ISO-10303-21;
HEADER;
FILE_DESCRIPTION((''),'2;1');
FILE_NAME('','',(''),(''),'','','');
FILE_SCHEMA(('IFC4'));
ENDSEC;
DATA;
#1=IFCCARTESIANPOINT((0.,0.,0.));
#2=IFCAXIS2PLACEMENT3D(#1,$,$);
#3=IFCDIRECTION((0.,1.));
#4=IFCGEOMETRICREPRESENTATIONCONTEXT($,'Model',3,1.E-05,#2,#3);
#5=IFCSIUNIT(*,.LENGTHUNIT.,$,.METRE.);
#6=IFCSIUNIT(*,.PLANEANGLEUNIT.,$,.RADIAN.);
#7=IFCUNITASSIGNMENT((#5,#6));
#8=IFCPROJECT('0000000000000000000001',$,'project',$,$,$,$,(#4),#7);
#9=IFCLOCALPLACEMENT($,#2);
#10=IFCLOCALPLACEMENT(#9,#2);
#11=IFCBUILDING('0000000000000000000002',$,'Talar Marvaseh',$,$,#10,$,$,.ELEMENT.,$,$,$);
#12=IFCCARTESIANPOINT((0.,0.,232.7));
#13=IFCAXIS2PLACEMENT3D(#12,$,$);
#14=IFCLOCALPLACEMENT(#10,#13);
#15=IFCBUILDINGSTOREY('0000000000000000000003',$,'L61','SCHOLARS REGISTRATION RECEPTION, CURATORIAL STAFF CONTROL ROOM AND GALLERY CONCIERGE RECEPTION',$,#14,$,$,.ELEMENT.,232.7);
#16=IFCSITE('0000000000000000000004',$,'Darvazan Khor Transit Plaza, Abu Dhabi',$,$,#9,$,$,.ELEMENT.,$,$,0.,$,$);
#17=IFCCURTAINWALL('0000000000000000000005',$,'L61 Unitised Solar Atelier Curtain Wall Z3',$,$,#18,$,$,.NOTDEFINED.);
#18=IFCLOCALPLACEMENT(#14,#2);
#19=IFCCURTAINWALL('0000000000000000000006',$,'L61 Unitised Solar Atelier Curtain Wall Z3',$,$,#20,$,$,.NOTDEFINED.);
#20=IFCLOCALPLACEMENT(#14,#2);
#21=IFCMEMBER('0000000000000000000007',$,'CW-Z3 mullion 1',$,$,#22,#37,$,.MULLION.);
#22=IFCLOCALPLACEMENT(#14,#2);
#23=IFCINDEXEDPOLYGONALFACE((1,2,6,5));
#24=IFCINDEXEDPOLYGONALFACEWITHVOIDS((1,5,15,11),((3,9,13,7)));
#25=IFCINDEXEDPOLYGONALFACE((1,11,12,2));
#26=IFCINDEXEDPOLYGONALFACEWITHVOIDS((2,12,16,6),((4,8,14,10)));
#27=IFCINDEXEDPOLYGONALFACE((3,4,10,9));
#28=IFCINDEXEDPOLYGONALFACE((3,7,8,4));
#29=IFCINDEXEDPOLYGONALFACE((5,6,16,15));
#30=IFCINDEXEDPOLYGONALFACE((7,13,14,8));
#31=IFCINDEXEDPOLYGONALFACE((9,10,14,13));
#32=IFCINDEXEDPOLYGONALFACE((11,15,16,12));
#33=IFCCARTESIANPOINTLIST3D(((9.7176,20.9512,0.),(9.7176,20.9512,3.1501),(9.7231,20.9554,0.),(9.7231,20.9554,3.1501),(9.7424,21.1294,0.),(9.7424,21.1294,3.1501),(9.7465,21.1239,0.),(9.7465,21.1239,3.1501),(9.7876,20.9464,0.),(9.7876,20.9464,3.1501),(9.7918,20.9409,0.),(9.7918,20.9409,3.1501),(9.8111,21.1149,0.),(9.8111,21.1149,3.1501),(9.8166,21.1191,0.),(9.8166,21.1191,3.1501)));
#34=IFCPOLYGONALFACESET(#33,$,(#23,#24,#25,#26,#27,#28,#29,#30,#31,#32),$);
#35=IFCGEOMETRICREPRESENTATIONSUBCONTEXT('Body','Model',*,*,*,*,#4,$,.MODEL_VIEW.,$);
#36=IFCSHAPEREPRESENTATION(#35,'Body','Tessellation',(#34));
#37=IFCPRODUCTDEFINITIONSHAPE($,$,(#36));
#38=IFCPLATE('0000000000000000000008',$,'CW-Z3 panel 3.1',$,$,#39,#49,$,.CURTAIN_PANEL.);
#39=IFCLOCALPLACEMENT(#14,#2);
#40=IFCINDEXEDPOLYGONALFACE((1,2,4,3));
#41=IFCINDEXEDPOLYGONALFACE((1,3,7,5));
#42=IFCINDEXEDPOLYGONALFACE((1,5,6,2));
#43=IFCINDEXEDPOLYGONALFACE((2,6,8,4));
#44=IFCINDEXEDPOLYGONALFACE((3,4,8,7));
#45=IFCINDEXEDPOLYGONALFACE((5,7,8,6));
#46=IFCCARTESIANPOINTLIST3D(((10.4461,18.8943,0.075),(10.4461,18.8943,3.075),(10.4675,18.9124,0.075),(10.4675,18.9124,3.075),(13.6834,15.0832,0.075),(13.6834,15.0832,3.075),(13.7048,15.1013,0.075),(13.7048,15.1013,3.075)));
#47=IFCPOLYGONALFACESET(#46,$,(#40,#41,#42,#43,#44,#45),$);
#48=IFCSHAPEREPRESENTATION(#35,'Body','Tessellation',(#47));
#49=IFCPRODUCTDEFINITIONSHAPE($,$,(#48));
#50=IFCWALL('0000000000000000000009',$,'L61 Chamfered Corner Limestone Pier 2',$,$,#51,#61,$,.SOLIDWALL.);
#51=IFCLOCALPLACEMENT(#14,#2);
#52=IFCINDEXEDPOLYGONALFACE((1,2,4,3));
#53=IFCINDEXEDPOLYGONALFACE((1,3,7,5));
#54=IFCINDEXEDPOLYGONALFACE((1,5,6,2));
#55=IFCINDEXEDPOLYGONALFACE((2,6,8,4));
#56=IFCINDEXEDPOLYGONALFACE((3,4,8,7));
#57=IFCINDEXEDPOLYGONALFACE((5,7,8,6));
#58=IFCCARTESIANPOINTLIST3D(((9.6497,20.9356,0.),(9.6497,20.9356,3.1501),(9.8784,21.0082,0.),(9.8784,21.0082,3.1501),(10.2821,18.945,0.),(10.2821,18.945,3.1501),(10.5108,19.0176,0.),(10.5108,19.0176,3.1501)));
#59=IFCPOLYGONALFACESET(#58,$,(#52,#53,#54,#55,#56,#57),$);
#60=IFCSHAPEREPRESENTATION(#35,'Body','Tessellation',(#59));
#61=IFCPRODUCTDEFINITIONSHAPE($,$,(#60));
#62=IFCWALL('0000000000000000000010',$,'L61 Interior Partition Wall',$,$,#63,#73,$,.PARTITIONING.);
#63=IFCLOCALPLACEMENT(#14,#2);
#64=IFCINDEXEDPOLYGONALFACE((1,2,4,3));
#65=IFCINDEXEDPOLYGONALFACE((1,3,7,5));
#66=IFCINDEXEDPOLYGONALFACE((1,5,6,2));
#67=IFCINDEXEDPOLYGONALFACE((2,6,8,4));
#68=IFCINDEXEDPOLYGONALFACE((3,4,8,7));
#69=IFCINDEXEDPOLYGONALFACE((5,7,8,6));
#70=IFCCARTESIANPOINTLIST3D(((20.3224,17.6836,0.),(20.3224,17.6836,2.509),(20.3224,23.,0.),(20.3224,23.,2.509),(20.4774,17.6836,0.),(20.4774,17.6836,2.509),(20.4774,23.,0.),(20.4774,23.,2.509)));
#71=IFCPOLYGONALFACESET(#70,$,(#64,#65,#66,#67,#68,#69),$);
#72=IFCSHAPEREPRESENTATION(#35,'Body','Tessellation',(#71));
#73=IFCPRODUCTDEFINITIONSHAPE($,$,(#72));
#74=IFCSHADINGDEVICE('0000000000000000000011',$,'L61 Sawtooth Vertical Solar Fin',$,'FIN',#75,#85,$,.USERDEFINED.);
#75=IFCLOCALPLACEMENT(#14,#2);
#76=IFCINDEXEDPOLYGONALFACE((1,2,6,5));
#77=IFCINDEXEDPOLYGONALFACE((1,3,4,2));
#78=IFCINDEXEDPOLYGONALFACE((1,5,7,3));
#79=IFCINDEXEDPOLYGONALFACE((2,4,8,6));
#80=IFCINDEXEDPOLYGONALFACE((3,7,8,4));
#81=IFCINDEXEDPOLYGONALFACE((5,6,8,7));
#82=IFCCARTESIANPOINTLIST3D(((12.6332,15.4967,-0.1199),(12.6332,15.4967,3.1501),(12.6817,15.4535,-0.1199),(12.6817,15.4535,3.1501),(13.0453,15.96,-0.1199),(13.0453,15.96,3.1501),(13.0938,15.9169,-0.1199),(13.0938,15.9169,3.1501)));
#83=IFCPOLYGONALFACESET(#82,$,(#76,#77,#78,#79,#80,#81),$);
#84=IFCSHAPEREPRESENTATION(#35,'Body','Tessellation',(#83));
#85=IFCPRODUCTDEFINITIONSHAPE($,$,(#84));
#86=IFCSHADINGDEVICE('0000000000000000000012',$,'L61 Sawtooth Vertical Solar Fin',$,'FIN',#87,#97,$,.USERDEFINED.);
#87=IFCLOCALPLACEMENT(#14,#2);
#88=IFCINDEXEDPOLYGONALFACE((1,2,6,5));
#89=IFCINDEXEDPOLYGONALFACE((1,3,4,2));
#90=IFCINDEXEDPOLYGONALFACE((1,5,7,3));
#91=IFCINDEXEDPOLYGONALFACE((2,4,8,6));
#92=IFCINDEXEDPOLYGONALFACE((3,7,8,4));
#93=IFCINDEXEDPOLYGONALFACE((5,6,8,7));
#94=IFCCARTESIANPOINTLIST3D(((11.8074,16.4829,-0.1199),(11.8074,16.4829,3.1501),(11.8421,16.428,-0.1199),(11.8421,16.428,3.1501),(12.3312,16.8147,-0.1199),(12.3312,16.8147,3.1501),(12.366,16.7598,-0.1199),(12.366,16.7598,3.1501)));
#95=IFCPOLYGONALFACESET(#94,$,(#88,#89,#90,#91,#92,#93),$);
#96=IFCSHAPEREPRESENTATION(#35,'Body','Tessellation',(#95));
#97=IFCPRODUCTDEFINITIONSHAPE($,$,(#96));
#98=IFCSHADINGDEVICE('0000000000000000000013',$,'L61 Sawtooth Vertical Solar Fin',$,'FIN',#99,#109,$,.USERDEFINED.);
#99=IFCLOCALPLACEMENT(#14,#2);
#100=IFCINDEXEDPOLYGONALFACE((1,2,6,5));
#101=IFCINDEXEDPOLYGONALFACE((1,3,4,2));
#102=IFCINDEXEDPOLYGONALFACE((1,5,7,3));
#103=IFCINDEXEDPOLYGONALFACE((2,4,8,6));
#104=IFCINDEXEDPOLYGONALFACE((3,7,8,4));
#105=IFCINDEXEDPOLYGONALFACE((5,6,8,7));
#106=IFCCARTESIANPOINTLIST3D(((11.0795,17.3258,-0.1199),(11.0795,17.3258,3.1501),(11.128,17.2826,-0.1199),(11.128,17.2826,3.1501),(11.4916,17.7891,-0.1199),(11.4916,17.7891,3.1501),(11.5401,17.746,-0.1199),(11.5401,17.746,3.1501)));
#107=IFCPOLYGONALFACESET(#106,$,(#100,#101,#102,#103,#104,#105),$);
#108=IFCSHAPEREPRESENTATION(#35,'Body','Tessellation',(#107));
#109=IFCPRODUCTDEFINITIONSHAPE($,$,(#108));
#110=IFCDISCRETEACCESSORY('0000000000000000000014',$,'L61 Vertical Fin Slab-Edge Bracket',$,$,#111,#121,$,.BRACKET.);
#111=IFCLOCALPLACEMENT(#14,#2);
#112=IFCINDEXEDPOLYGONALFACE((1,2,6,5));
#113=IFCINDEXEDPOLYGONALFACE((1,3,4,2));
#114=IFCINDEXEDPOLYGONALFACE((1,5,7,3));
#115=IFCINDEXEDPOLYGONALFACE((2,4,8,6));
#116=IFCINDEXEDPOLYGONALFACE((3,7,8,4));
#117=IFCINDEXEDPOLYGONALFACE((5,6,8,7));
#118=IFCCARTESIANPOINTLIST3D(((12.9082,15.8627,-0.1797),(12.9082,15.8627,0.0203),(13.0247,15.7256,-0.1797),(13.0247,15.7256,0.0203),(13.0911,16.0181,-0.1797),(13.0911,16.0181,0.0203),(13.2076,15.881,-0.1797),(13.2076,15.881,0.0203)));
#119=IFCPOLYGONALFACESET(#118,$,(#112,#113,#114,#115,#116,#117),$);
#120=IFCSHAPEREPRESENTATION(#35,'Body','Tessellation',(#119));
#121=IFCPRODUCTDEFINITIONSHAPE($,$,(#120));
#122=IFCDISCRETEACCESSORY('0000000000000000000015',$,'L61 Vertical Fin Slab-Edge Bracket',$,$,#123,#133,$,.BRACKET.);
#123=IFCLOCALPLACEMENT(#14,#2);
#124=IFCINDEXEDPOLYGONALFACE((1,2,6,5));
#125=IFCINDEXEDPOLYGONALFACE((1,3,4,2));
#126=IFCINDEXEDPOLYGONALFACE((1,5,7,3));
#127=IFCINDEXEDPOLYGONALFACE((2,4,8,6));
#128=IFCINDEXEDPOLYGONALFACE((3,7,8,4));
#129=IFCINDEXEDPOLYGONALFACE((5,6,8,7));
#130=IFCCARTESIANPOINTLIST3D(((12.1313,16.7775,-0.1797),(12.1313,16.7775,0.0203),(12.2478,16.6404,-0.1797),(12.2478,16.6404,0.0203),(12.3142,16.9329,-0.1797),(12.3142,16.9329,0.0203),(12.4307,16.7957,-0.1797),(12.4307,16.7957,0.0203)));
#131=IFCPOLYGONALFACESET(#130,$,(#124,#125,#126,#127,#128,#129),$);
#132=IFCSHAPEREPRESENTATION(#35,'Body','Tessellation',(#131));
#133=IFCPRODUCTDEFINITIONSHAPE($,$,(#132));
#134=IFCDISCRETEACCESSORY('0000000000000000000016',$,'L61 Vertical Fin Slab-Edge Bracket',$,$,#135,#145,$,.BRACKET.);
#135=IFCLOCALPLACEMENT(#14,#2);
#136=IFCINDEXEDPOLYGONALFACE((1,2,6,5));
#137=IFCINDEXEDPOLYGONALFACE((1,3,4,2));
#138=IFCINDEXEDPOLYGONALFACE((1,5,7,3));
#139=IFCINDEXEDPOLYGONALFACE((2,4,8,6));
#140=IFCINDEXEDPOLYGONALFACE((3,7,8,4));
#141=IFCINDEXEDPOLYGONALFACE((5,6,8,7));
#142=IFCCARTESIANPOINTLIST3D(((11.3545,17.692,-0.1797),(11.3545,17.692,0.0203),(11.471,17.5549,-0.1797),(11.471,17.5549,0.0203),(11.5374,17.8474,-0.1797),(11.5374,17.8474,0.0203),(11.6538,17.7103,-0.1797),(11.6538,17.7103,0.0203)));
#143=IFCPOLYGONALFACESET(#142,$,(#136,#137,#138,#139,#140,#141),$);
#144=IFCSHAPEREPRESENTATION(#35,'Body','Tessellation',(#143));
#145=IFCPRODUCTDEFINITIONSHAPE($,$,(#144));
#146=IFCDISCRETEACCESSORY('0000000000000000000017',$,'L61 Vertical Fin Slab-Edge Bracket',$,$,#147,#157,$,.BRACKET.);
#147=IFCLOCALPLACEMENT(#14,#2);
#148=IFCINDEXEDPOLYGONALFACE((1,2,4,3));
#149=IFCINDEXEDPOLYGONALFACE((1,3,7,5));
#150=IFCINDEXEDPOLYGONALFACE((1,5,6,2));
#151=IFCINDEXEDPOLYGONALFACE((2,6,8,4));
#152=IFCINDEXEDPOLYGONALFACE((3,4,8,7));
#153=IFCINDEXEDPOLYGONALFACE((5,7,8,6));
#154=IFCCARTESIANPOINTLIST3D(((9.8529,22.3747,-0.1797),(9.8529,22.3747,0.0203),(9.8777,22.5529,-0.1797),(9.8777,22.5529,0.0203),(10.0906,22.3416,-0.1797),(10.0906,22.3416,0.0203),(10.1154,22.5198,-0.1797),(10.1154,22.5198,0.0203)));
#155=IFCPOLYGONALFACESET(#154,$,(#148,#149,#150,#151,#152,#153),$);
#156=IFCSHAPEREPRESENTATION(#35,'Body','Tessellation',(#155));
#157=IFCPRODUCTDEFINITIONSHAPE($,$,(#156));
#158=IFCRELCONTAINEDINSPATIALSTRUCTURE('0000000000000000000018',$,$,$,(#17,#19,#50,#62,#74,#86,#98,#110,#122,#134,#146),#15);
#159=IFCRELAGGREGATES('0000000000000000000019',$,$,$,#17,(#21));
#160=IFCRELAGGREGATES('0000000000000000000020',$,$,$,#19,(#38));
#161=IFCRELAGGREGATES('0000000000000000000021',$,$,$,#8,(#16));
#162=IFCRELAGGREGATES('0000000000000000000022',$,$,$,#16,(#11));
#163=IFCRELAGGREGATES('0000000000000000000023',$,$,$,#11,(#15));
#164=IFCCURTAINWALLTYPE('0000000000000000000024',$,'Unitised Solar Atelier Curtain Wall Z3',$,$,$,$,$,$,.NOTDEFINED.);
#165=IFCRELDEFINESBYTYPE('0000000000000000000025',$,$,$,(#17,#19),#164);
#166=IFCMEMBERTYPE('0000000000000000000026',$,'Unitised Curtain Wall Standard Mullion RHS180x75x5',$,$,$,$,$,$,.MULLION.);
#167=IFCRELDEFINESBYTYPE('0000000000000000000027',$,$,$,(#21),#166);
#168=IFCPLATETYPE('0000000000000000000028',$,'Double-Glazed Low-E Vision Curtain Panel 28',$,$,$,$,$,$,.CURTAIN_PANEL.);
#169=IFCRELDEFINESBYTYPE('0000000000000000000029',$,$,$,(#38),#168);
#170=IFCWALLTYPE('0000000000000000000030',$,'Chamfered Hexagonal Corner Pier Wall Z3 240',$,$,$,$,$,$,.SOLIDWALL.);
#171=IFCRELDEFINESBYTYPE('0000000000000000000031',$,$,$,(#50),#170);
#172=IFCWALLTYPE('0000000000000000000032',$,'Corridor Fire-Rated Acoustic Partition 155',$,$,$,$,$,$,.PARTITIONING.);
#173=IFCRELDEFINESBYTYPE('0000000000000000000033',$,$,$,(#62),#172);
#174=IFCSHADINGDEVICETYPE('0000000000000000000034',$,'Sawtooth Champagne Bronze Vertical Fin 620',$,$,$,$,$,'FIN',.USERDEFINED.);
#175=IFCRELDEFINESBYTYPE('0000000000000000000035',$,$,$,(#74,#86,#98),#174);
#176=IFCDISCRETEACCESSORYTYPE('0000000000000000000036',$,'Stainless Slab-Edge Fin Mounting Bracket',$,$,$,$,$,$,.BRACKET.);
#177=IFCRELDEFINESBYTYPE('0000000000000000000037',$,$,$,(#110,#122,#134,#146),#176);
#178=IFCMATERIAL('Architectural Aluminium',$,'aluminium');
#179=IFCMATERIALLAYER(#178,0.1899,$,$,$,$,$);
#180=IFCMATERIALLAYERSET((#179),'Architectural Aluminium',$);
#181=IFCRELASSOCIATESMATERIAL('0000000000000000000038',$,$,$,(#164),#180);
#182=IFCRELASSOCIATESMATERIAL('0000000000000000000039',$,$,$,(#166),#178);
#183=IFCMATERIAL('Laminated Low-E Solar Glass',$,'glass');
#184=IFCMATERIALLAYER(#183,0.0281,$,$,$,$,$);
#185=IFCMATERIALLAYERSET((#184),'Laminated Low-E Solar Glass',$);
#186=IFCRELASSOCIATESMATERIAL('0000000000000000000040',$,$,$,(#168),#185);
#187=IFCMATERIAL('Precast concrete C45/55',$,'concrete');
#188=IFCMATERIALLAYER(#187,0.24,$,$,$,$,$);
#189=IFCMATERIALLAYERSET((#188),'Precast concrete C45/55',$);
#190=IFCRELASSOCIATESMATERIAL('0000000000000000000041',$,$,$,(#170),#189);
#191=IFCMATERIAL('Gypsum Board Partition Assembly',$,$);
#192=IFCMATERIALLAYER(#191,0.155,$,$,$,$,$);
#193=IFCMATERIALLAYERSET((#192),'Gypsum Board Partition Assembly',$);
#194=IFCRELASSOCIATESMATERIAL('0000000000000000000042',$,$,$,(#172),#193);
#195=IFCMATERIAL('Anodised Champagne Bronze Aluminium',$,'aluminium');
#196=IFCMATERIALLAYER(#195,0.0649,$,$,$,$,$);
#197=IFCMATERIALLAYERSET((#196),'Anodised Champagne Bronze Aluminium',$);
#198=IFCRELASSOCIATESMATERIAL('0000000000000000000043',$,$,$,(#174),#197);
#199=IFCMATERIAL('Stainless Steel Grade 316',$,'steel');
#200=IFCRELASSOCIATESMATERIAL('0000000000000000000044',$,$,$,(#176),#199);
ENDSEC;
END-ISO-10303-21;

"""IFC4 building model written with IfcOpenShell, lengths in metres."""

from ifc_helpers import new_model, si_unit, direction, frame, frame_2d, origin, origin_2d, place, context, subcontext, project, spatial, rectangle, hollow_rectangle, extrude, source, transform, mapped, material, layer, layer_set, material_profile, profile_set, type_object, type_shapes, element, aggregate, save


model = new_model("IFC4")

# Units and contexts
model_context = context("Model", 3, precision=1e-05, world=origin(), true_north=direction((0.0, 1.0)))
body_context = subcontext(model_context, "Body", "Model", "MODEL_VIEW")
ifc_project = project(units=[si_unit("LENGTHUNIT", "METRE"), si_unit("PLANEANGLEUNIT", "RADIAN")], contexts=[model_context])

# Site, building, storey
site_placement = place(None, origin())
site = spatial("IfcSite", under=ifc_project, at=site_placement, Name="Darvazan Khor Transit Plaza, Abu Dhabi", CompositionType="ELEMENT", RefElevation=0.0)
building_placement = place(site_placement, origin())
building = spatial("IfcBuilding", under=site, at=building_placement, Name="Talar Marvaseh", CompositionType="ELEMENT")
storey_placement = place(building_placement, frame((0.0, 0.0, 232.7)))
storey = spatial("IfcBuildingStorey", under=building, at=storey_placement, Name="L61", Description="SCHOLARS REGISTRATION RECEPTION, CURATORIAL STAFF CONTROL ROOM AND GALLERY CONCIERGE RECEPTION", CompositionType="ELEMENT", Elevation=232.7)

# Curtain walls
ifc_material_1 = material(Name="Architectural Aluminium", Category="aluminium")
ifc_layer_1 = layer(ifc_material_1, 0.1899)
ifc_layer_set_1 = layer_set([ifc_layer_1], Name="Architectural Aluminium")
curtain_wall_type = type_object("IfcCurtainWallType", Name="Unitised Solar Atelier Curtain Wall Z3", PredefinedType="NOTDEFINED", material=ifc_layer_set_1)
curtain_wall_1_placement = place(storey_placement, origin())
curtain_wall_1 = element("IfcCurtainWall", 1, at=curtain_wall_1_placement, inside=storey, type_object=curtain_wall_type, Name="L61 Unitised Solar Atelier Curtain Wall Z3", PredefinedType="NOTDEFINED")
curtain_wall_2_placement = place(storey_placement, origin())
curtain_wall_2 = element("IfcCurtainWall", 2, at=curtain_wall_2_placement, inside=storey, type_object=curtain_wall_type, Name="L61 Unitised Solar Atelier Curtain Wall Z3", PredefinedType="NOTDEFINED")
ifc_material_profile_1 = material_profile(ifc_material_1, hollow_rectangle(XDim=0.075, YDim=0.1799, WallThickness=0.0049, at=origin_2d()), Name="RHS180x75x5")
ifc_profile_set_1 = profile_set([ifc_material_profile_1], Name="Architectural Aluminium")
member_type_1 = type_object("IfcMemberType", Name="Unitised Curtain Wall Standard Mullion RHS180x75x5", PredefinedType="MULLION", material=ifc_profile_set_1)
shared_shape_1 = source(origin(), body_context, "Body", "SweptSolid", [
    extrude(hollow_rectangle(XDim=0.075, YDim=0.1799, WallThickness=0.0049, at=origin_2d()), origin(), (0.0, 0.0, 1.0), 3.1501),
])
type_shapes(member_type_1, [shared_shape_1])

# Member
member_1_placement = place(storey_placement, frame((9.7671, 21.0352, 0.0), z_axis=(0.0, 0.0, 1.0), x_axis=(-0.990433, 0.137994, 0.0)))
member_1 = element("IfcMember", 3, at=member_1_placement, type_object=member_type_1, Name="CW-Z3 mullion 1", PredefinedType="MULLION", context=body_context, shape_type="MappedRepresentation", body=[
    mapped(shared_shape_1, transform((0.0, 0.0, 0.0), x_axis=(1.0, 0.0, 0.0), y_axis=(0.0, 1.0, 0.0), z_axis=(0.0, 0.0, 1.0), scale=1.0)),
])
aggregate(curtain_wall_1, [member_1])

# Plate
ifc_material_2 = material(Name="Laminated Low-E Solar Glass", Category="glass")
ifc_layer_2 = layer(ifc_material_2, 0.0281)
ifc_layer_set_2 = layer_set([ifc_layer_2], Name="Laminated Low-E Solar Glass")
plate_type = type_object("IfcPlateType", Name="Double-Glazed Low-E Vision Curtain Panel 28", PredefinedType="CURTAIN_PANEL", material=ifc_layer_set_2)
shared_shape_2 = source(origin(), body_context, "Body", "SweptSolid", [
    extrude(rectangle(XDim=5.0005, YDim=0.0281, at=origin_2d()), origin(), (0.0, 0.0, 1.0), 3.0),
])
type_shapes(plate_type, [shared_shape_2])
plate_placement = place(storey_placement, frame((12.0754, 16.9978, 0.075), z_axis=(0.0, 0.0, 1.0), x_axis=(-0.647402, 0.762149, 0.0)))
plate = element("IfcPlate", 4, at=plate_placement, type_object=plate_type, Name="CW-Z3 panel 3.1", PredefinedType="CURTAIN_PANEL", context=body_context, shape_type="MappedRepresentation", body=[
    mapped(shared_shape_2, transform((0.0, 0.0, 0.0), x_axis=(1.0, 0.0, 0.0), y_axis=(0.0, 1.0, 0.0), z_axis=(0.0, 0.0, 1.0), scale=1.0)),
])
aggregate(curtain_wall_2, [plate])

# Walls
ifc_material_3 = material(Name="Precast concrete C45/55", Category="concrete")
ifc_layer_3 = layer(ifc_material_3, 0.24)
ifc_layer_set_3 = layer_set([ifc_layer_3], Name="Precast concrete C45/55")
wall_type_1 = type_object("IfcWallType", Name="Chamfered Hexagonal Corner Pier Wall Z3 240", PredefinedType="SOLIDWALL", material=ifc_layer_set_3)
wall_1_placement = place(storey_placement, frame((10.3965, 18.9812, 0.0), z_axis=(0.0, 0.0, 1.0), x_axis=(-0.302765, 0.953065, 0.0)))
element("IfcWall", 5, at=wall_1_placement, inside=storey, type_object=wall_type_1, Name="L61 Chamfered Corner Limestone Pier 2", PredefinedType="SOLIDWALL", context=body_context, shape_type="SweptSolid", body=[
    extrude(rectangle(XDim=2.0886, YDim=0.24, at=frame_2d((1.0444, 0.0))), origin(), (0.0, 0.0, 1.0), 3.1501),
])
ifc_material_4 = material(Name="Gypsum Board Partition Assembly")
ifc_layer_4 = layer(ifc_material_4, 0.155)
ifc_layer_set_4 = layer_set([ifc_layer_4], Name="Gypsum Board Partition Assembly")
wall_type_2 = type_object("IfcWallType", Name="Corridor Fire-Rated Acoustic Partition 155", PredefinedType="PARTITIONING", material=ifc_layer_set_4)
wall_2_placement = place(storey_placement, frame((20.3999, 17.6836, 0.0), z_axis=(0.0, 0.0, 1.0), x_axis=(0.0, 1.0, 0.0)))
element("IfcWall", 6, at=wall_2_placement, inside=storey, type_object=wall_type_2, Name="L61 Interior Partition Wall", PredefinedType="PARTITIONING", context=body_context, shape_type="SweptSolid", body=[
    extrude(rectangle(XDim=5.3164, YDim=0.155, at=frame_2d((2.6582, 0.0))), origin(), (0.0, 0.0, 1.0), 2.509),
])

# Shading devices
ifc_material_5 = material(Name="Anodised Champagne Bronze Aluminium", Category="aluminium")
ifc_layer_5 = layer(ifc_material_5, 0.0649)
ifc_layer_set_5 = layer_set([ifc_layer_5], Name="Anodised Champagne Bronze Aluminium")
shading_device_type = type_object("IfcShadingDeviceType", Name="Sawtooth Champagne Bronze Vertical Fin 620", ElementType="FIN", PredefinedType="USERDEFINED", material=ifc_layer_set_5)
shared_shape_3 = source(origin(), body_context, "Body", "SweptSolid", [
    extrude(rectangle(XDim=0.6201, YDim=0.0649, at=origin_2d()), origin(), (0.0, 0.0, 1.0), 3.27),
])
type_shapes(shading_device_type, [shared_shape_3])
for number, where, z_axis, x_axis, name in (
    (7, (12.8635, 15.7068, -0.1199), (0.0, 0.0, 1.0), (-0.664579, -0.747218, 0.0), "L61 Sawtooth Vertical Solar Fin"),
    (8, (12.0867, 16.6213, -0.1199), (0.0, 0.0, 1.0), (-0.844795, -0.53509, 0.0), "L61 Sawtooth Vertical Solar Fin"),
    (9, (11.3098, 17.5359, -0.1199), (0.0, 0.0, 1.0), (-0.664579, -0.747218, 0.0), "L61 Sawtooth Vertical Solar Fin"),
):
    element("IfcShadingDevice", number, at=place(storey_placement, frame(where, z_axis=z_axis, x_axis=x_axis)), inside=storey, type_object=shading_device_type, Name=name, ObjectType="FIN", PredefinedType="USERDEFINED", context=body_context, shape_type="MappedRepresentation", body=[
        mapped(shared_shape_3, transform((0.0, 0.0, 0.0), x_axis=(1.0, 0.0, 0.0), y_axis=(0.0, 1.0, 0.0), z_axis=(0.0, 0.0, 1.0), scale=1.0)),
    ])

# Discrete accessories
ifc_material_6 = material(Name="Stainless Steel Grade 316", Category="steel")
discrete_accessory_type = type_object("IfcDiscreteAccessoryType", Name="Stainless Slab-Edge Fin Mounting Bracket", PredefinedType="BRACKET", material=ifc_material_6)
shared_shape_4 = source(origin(), body_context, "Body", "SweptSolid", [
    extrude(rectangle(XDim=0.24, YDim=0.1799, at=origin_2d()), origin(), (0.0, 0.0, 1.0), 0.2),
])
type_shapes(discrete_accessory_type, [shared_shape_4])
for number, where, z_axis, x_axis, name in (
    (10, (13.0579, 15.8718, -0.1797), (0.0, 0.0, 1.0), (-0.762104, -0.647455, 0.0), "L61 Vertical Fin Slab-Edge Bracket"),
    (11, (12.281, 16.7866, -0.1797), (0.0, 0.0, 1.0), (-0.762104, -0.647455, 0.0), "L61 Vertical Fin Slab-Edge Bracket"),
    (12, (11.5042, 17.7012, -0.1797), (0.0, 0.0, 1.0), (-0.762104, -0.647455, 0.0), "L61 Vertical Fin Slab-Edge Bracket"),
    (13, (9.9841, 22.4473, -0.1797), (0.0, 0.0, 1.0), (-0.990437, 0.137963, 0.0), "L61 Vertical Fin Slab-Edge Bracket"),
):
    element("IfcDiscreteAccessory", number, at=place(storey_placement, frame(where, z_axis=z_axis, x_axis=x_axis)), inside=storey, type_object=discrete_accessory_type, Name=name, PredefinedType="BRACKET", context=body_context, shape_type="MappedRepresentation", body=[
        mapped(shared_shape_4, transform((0.0, 0.0, 0.0), x_axis=(1.0, 0.0, 0.0), y_axis=(0.0, 1.0, 0.0), z_axis=(0.0, 0.0, 1.0), scale=1.0)),
    ])

save(model, "model.ifc")
